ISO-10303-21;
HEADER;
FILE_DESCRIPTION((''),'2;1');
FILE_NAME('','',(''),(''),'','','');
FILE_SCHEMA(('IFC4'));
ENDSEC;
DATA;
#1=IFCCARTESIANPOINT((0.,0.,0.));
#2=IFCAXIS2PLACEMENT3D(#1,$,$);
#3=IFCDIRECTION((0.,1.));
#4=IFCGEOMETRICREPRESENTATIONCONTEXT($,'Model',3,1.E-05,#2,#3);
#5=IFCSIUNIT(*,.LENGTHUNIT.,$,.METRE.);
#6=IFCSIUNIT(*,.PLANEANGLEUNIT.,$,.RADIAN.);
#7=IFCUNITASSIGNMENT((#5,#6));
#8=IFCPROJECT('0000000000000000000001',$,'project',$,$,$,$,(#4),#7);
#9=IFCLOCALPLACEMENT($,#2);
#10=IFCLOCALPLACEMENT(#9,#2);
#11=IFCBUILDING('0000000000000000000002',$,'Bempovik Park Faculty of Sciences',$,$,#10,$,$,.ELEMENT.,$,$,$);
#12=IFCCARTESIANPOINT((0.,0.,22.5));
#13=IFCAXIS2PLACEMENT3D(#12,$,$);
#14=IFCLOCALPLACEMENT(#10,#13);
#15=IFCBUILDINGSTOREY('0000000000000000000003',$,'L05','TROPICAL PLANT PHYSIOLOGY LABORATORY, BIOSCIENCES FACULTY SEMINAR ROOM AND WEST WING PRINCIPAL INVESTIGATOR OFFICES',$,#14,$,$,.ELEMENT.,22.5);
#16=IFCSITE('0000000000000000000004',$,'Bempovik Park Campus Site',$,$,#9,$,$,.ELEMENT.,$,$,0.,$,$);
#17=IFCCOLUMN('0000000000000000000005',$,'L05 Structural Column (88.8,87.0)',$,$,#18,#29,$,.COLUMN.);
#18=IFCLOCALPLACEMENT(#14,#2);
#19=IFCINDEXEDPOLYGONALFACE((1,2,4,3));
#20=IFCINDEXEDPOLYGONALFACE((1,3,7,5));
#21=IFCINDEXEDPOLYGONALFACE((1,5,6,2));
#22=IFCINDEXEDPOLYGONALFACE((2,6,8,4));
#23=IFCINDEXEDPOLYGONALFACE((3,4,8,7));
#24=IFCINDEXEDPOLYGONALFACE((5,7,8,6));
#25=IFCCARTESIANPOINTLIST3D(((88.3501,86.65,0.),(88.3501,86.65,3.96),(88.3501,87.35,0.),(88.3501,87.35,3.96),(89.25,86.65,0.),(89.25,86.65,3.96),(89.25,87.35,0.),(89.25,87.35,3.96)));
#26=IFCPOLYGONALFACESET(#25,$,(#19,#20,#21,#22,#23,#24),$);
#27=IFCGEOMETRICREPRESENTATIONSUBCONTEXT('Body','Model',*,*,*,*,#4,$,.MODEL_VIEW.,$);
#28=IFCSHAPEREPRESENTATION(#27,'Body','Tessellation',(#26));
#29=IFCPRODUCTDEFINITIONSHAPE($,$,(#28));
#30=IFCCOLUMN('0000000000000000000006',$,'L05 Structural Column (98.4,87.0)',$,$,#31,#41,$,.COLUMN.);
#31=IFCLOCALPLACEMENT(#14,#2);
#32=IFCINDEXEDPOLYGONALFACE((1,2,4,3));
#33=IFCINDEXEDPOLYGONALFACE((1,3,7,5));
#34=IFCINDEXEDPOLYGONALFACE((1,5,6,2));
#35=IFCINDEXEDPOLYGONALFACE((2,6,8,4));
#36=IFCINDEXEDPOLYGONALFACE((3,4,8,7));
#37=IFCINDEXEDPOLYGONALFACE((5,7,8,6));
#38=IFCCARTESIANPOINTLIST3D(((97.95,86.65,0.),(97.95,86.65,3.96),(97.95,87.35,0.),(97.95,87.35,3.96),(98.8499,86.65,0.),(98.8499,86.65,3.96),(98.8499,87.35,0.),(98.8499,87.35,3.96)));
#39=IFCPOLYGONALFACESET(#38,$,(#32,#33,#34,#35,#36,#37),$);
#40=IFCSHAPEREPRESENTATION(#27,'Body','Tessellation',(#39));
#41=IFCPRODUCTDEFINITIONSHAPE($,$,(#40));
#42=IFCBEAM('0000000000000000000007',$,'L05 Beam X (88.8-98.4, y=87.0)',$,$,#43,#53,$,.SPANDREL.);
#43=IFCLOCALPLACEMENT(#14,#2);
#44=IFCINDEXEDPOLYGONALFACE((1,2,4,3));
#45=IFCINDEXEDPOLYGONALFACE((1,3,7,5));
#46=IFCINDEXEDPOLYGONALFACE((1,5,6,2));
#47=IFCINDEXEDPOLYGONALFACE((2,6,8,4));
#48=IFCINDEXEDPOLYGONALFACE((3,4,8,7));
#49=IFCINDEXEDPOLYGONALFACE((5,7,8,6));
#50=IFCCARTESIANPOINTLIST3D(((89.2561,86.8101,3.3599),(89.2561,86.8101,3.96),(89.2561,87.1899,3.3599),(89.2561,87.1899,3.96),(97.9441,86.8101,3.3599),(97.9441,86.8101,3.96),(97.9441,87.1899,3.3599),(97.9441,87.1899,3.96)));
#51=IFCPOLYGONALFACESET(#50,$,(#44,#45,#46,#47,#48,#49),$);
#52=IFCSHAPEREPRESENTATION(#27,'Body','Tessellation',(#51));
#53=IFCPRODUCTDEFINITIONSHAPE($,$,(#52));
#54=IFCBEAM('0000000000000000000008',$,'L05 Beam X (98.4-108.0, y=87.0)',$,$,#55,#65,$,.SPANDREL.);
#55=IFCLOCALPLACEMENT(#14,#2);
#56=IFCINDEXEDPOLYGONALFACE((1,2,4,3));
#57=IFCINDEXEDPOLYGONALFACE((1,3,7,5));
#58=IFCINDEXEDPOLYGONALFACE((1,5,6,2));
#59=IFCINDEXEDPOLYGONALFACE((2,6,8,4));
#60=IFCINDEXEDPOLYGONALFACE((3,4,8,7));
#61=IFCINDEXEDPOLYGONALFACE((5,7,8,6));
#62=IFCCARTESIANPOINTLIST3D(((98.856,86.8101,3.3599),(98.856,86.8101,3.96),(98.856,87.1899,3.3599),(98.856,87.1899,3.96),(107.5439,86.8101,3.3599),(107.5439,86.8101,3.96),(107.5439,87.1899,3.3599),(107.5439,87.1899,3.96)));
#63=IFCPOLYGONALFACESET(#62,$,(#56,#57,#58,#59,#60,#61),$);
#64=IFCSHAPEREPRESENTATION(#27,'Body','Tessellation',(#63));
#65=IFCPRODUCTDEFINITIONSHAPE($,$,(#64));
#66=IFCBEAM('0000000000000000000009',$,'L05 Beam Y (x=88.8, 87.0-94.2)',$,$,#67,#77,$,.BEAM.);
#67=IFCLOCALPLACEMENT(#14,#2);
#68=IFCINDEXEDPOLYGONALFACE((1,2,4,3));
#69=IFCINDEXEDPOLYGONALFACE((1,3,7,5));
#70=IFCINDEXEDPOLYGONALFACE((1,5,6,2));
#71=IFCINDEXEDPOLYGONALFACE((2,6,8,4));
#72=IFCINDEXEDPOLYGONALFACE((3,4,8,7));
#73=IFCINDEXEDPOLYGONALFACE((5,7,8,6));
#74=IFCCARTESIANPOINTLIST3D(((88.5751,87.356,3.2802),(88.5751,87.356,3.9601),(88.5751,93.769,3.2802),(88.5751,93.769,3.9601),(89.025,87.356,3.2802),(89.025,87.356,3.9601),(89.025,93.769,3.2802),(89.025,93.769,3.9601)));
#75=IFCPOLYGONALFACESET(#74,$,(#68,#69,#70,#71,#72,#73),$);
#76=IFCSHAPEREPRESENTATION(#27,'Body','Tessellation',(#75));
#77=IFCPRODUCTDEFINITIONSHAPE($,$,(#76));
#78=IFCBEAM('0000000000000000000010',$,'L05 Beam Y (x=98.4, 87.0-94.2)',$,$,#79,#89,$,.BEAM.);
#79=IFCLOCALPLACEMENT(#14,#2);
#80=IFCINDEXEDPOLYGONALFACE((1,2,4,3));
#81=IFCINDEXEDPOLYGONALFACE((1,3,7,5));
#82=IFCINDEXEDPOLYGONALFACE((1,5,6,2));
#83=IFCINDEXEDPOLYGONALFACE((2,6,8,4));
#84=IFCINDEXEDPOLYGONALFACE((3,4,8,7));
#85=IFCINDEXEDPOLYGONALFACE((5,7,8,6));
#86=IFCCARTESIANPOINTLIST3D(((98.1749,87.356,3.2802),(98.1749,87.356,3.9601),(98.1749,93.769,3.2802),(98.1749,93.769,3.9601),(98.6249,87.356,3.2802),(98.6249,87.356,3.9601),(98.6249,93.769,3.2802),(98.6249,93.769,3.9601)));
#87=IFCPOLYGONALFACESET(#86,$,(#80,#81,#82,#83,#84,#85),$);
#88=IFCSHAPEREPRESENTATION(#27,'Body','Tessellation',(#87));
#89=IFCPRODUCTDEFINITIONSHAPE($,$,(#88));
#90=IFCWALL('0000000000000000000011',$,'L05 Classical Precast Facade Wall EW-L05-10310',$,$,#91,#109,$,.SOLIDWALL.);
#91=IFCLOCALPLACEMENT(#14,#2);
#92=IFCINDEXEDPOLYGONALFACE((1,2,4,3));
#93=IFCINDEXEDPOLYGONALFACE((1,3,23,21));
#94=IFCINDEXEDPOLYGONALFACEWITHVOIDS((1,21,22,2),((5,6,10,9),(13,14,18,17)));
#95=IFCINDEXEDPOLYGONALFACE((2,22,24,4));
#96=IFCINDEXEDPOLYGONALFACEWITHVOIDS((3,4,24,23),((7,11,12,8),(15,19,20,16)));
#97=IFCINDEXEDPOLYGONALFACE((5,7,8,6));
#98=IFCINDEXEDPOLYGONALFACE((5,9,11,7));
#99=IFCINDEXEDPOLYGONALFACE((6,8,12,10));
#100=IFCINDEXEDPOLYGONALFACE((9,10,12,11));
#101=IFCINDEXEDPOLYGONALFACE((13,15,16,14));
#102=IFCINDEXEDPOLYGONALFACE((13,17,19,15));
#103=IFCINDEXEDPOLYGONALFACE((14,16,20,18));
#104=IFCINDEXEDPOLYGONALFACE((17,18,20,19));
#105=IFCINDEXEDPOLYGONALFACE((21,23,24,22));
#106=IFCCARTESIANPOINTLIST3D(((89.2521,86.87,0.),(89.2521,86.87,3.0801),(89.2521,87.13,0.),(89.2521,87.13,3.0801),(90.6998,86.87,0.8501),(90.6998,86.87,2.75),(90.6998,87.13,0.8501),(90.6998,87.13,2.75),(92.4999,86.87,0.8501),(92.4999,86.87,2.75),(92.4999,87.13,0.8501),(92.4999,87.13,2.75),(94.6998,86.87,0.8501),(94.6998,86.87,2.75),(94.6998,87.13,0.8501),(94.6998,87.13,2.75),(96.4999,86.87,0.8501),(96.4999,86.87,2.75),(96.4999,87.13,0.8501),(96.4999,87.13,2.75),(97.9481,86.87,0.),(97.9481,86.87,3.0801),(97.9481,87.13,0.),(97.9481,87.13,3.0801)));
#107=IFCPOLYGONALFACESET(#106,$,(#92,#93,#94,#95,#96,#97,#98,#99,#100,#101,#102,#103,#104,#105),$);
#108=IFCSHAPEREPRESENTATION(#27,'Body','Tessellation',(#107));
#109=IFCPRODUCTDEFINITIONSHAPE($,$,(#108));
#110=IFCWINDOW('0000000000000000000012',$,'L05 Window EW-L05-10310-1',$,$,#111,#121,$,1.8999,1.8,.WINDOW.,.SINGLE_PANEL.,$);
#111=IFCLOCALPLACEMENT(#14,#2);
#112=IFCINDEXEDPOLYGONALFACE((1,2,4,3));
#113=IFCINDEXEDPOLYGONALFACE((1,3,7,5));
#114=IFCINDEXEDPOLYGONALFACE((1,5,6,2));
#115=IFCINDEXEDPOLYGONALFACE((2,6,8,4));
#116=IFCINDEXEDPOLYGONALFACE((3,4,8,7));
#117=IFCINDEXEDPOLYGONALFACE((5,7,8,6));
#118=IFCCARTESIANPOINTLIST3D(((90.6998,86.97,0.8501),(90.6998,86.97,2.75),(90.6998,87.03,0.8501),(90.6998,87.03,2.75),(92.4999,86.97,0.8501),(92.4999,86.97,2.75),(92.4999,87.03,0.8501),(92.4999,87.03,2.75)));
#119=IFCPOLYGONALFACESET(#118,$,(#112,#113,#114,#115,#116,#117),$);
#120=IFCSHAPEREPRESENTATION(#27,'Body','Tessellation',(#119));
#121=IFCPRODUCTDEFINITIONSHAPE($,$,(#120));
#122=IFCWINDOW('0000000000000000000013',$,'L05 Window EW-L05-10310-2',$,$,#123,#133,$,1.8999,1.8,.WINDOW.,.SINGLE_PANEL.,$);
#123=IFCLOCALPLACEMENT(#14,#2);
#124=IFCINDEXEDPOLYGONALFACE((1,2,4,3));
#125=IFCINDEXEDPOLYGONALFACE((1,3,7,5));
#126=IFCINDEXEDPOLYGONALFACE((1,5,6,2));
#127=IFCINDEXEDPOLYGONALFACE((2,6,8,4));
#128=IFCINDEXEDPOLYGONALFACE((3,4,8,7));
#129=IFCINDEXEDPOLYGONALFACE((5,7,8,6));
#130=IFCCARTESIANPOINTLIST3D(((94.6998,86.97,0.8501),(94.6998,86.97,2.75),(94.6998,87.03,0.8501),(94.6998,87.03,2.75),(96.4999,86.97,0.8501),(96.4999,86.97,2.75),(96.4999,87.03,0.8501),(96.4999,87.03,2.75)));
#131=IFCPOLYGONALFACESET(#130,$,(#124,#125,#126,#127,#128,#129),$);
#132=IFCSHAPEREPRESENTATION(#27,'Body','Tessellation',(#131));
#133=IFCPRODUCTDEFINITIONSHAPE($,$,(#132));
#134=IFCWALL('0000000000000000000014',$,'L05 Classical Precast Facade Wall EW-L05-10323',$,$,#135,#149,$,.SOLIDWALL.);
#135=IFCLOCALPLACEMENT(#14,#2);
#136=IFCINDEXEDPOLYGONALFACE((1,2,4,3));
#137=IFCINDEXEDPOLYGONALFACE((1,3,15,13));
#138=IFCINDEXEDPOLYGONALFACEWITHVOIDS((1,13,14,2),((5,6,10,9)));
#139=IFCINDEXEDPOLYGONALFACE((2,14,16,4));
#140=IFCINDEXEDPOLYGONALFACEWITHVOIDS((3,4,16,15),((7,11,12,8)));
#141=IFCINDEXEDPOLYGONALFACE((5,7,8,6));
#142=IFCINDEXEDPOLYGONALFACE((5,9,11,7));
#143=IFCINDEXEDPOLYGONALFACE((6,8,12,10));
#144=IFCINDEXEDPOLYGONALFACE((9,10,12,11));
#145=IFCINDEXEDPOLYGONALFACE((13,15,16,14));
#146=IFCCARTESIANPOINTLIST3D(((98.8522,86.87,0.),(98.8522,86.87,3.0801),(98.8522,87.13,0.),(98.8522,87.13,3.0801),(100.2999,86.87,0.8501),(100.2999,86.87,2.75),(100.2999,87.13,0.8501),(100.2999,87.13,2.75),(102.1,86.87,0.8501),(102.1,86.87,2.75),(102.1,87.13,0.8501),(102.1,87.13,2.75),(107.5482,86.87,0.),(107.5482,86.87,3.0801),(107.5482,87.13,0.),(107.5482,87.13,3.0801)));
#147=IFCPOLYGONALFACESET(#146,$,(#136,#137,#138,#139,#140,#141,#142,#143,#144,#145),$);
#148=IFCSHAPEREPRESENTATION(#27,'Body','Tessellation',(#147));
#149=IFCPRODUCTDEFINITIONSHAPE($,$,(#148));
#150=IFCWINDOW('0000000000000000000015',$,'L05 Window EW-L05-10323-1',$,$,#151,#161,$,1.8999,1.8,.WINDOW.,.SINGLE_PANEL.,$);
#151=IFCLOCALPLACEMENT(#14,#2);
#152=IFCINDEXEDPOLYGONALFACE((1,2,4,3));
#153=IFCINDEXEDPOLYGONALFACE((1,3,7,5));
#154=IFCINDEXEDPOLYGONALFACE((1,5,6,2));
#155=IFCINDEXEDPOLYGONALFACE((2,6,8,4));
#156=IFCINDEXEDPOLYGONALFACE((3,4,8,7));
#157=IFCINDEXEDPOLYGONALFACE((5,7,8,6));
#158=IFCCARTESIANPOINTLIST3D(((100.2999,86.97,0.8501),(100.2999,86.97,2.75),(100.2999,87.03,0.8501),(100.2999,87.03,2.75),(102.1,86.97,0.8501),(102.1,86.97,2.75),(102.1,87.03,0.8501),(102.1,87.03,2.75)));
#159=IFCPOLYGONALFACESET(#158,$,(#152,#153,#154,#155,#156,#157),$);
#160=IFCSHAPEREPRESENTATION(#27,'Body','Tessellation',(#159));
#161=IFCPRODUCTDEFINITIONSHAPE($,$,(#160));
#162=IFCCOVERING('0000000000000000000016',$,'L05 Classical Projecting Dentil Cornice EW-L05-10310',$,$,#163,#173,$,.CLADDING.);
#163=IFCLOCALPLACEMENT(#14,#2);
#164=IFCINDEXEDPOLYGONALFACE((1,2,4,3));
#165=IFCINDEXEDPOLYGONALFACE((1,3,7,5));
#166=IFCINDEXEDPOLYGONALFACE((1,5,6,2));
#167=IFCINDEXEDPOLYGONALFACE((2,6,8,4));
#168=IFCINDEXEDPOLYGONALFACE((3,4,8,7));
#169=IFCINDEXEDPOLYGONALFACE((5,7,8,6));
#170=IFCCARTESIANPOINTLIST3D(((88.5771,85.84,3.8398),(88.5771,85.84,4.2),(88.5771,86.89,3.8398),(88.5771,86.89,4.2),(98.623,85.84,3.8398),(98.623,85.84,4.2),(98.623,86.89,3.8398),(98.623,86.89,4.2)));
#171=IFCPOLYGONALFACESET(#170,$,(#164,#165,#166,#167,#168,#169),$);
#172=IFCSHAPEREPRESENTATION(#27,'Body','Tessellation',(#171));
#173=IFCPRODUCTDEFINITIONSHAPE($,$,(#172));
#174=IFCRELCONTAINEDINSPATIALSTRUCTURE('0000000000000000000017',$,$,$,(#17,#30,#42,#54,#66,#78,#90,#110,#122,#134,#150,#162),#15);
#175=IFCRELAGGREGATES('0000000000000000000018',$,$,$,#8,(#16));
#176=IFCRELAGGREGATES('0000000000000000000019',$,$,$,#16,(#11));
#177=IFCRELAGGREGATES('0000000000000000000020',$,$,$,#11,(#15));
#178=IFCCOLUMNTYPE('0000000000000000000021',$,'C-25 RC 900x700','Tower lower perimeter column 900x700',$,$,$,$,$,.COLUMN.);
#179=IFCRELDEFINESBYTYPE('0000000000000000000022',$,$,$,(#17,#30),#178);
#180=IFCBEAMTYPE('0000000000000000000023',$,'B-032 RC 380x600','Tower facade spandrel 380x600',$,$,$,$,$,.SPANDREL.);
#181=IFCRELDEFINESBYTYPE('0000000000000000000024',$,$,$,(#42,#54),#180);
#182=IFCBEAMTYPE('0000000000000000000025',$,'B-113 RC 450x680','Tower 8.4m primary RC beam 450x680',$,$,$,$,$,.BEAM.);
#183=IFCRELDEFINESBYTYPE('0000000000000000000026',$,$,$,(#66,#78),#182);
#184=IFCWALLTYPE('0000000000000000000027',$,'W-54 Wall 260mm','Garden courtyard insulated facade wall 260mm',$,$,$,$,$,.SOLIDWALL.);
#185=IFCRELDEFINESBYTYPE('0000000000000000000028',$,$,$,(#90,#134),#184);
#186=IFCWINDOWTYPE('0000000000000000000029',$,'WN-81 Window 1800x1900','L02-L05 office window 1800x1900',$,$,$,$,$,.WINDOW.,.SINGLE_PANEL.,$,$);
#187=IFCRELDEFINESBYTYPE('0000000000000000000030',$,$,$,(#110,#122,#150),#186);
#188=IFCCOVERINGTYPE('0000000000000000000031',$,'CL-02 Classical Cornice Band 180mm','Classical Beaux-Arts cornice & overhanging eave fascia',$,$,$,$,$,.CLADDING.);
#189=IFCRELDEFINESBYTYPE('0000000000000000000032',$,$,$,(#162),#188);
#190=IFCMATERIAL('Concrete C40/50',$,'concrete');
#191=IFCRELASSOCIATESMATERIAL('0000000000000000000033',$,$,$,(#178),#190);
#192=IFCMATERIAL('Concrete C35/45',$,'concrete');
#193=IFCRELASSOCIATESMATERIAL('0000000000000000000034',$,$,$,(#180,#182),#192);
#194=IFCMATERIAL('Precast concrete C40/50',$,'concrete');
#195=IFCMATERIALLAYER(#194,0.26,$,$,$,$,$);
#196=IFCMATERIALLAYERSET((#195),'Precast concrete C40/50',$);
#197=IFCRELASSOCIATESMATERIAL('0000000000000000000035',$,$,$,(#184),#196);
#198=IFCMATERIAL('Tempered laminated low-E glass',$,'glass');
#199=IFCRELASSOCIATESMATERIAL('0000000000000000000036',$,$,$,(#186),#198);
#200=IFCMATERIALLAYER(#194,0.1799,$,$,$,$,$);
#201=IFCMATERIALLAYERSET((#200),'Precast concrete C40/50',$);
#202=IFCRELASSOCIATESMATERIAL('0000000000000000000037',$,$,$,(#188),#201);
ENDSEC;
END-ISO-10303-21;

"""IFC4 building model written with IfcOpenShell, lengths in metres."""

from ifc_helpers import new_model, si_unit, direction, frame, frame_2d, origin, origin_2d, place, context, subcontext, project, spatial, rectangle, extrude, material, layer, layer_set, material_profile, profile_set, type_object, element, fill, save


model = new_model("IFC4")

# Units and contexts
model_context = context("Model", 3, precision=1e-05, world=origin(), true_north=direction((0.0, 1.0)))
body_context = subcontext(model_context, "Body", "Model", "MODEL_VIEW")
ifc_project = project(units=[si_unit("LENGTHUNIT", "METRE"), si_unit("PLANEANGLEUNIT", "RADIAN")], contexts=[model_context])

# Site, building, storey
site_placement = place(None, origin())
site = spatial("IfcSite", under=ifc_project, at=site_placement, Name="Bempovik Park Campus Site", CompositionType="ELEMENT", RefElevation=0.0)
building_placement = place(site_placement, origin())
building = spatial("IfcBuilding", under=site, at=building_placement, Name="Bempovik Park Faculty of Sciences", CompositionType="ELEMENT")
storey_placement = place(building_placement, frame((0.0, 0.0, 22.5)))
storey = spatial("IfcBuildingStorey", under=building, at=storey_placement, Name="L05", Description="TROPICAL PLANT PHYSIOLOGY LABORATORY, BIOSCIENCES FACULTY SEMINAR ROOM AND WEST WING PRINCIPAL INVESTIGATOR OFFICES", CompositionType="ELEMENT", Elevation=22.5)

# Columns
ifc_material_1 = material(Name="Concrete C40/50", Category="concrete")
ifc_material_profile_1 = material_profile(ifc_material_1, rectangle(XDim=0.8999, YDim=0.7, at=origin_2d()), Name="RC 900x700")
ifc_profile_set_1 = profile_set([ifc_material_profile_1], Name="Concrete C40/50")
column_type = type_object("IfcColumnType", Name="C-25 RC 900x700", Description="Tower lower perimeter column 900x700", PredefinedType="COLUMN", material=ifc_profile_set_1)
for number, where, z_axis, x_axis, name in (
    (1, (88.8, 87.0, 0.0), (0.0, 0.0, 1.0), (1.0, 0.0, 0.0), "L05 Structural Column (88.8,87.0)"),
    (2, (98.3999, 87.0, 0.0), (0.0, 0.0, 1.0), (1.0, 0.0, 0.0), "L05 Structural Column (98.4,87.0)"),
):
    element("IfcColumn", number, at=place(storey_placement, frame(where, z_axis=z_axis, x_axis=x_axis)), inside=storey, type_object=column_type, Name=name, PredefinedType="COLUMN", context=body_context, shape_type="SweptSolid", body=[
        extrude(rectangle(XDim=0.8999, YDim=0.7, at=origin_2d()), origin(), (0.0, 0.0, 1.0), 3.96),
    ])

# Beams
ifc_material_2 = material(Name="Concrete C35/45", Category="concrete")
ifc_material_profile_2 = material_profile(ifc_material_2, rectangle(XDim=0.3799, YDim=0.6001, at=origin_2d()), Name="RC 380x600")
ifc_profile_set_2 = profile_set([ifc_material_profile_2], Name="Concrete C35/45")
beam_type_1 = type_object("IfcBeamType", Name="B-032 RC 380x600", Description="Tower facade spandrel 380x600", PredefinedType="SPANDREL", material=ifc_profile_set_2)
for number, where, z_axis, x_axis, name in (
    (3, (89.2561, 87.0, 3.6599), (1.0, 0.0, 0.0), (0.0, 1.0, 0.0), "L05 Beam X (88.8-98.4, y=87.0)"),
    (4, (98.856, 87.0, 3.6599), (1.0, 0.0, 0.0), (0.0, 1.0, 0.0), "L05 Beam X (98.4-108.0, y=87.0)"),
):
    element("IfcBeam", number, at=place(storey_placement, frame(where, z_axis=z_axis, x_axis=x_axis)), inside=storey, type_object=beam_type_1, Name=name, PredefinedType="SPANDREL", context=body_context, shape_type="SweptSolid", body=[
        extrude(rectangle(XDim=0.3799, YDim=0.6001, at=origin_2d()), origin(), (0.0, 0.0, 1.0), 8.688),
    ])
ifc_material_profile_3 = material_profile(ifc_material_2, rectangle(XDim=0.45, YDim=0.6799, at=origin_2d()), Name="RC 450x680")
ifc_profile_set_3 = profile_set([ifc_material_profile_3], Name="Concrete C35/45")
beam_type_2 = type_object("IfcBeamType", Name="B-113 RC 450x680", Description="Tower 8.4m primary RC beam 450x680", PredefinedType="BEAM", material=ifc_profile_set_3)
for number, where, z_axis, x_axis, name in (
    (5, (88.8, 87.356, 3.6201), (0.0, 1.0, 0.0), (-1.0, 0.0, 0.0), "L05 Beam Y (x=88.8, 87.0-94.2)"),
    (6, (98.3999, 87.356, 3.6201), (0.0, 1.0, 0.0), (-1.0, 0.0, 0.0), "L05 Beam Y (x=98.4, 87.0-94.2)"),
):
    element("IfcBeam", number, at=place(storey_placement, frame(where, z_axis=z_axis, x_axis=x_axis)), inside=storey, type_object=beam_type_2, Name=name, PredefinedType="BEAM", context=body_context, shape_type="SweptSolid", body=[
        extrude(rectangle(XDim=0.45, YDim=0.6799, at=origin_2d()), origin(), (0.0, 0.0, 1.0), 6.4131),
    ])

# Wall, openings, windows
ifc_material_3 = material(Name="Precast concrete C40/50", Category="concrete")
ifc_layer_1 = layer(ifc_material_3, 0.26)
ifc_layer_set_1 = layer_set([ifc_layer_1], Name="Precast concrete C40/50")
wall_type = type_object("IfcWallType", Name="W-54 Wall 260mm", Description="Garden courtyard insulated facade wall 260mm", PredefinedType="SOLIDWALL", material=ifc_layer_set_1)
wall_1_placement = place(storey_placement, frame((89.252, 87.0, 0.0), z_axis=(0.0, 0.0, 1.0), x_axis=(1.0, 0.0, 0.0)))
wall_1 = element("IfcWall", 7, at=wall_1_placement, inside=storey, type_object=wall_type, Name="L05 Classical Precast Facade Wall EW-L05-10310", PredefinedType="SOLIDWALL", context=body_context, shape_type="SweptSolid", body=[
    extrude(rectangle(XDim=8.696, YDim=0.26, at=frame_2d((4.3481, 0.0))), origin(), (0.0, 0.0, 1.0), 3.0801),
])
opening_1_placement = place(wall_1_placement, frame((1.448, 0.0, 0.8501)))
opening_1 = element("IfcOpeningElement", 8, at=opening_1_placement, cuts=wall_1, PredefinedType="OPENING", context=body_context, shape_type="SweptSolid", body=[
    extrude(rectangle(XDim=1.8, YDim=1.8999, at=frame_2d((0.8999, 0.95))), frame((0.0, 0.1401, 0.0), z_axis=(0.0, -1.0, 0.0), x_axis=(1.0, 0.0, 0.0)), (0.0, 0.0, 1.0), 0.28),
])
opening_2_placement = place(wall_1_placement, frame((5.448, 0.0, 0.8501)))
opening_2 = element("IfcOpeningElement", 9, at=opening_2_placement, cuts=wall_1, PredefinedType="OPENING", context=body_context, shape_type="SweptSolid", body=[
    extrude(rectangle(XDim=1.8, YDim=1.8999, at=frame_2d((0.8999, 0.95))), frame((0.0, 0.1401, 0.0), z_axis=(0.0, -1.0, 0.0), x_axis=(1.0, 0.0, 0.0)), (0.0, 0.0, 1.0), 0.28),
])
ifc_material_4 = material(Name="Tempered laminated low-E glass", Category="glass")
window_type = type_object("IfcWindowType", Name="WN-81 Window 1800x1900", Description="L02-L05 office window 1800x1900", PartitioningType="SINGLE_PANEL", PredefinedType="WINDOW", material=ifc_material_4)
window_1_placement = place(opening_1_placement, origin())
window_1 = element("IfcWindow", 10, at=window_1_placement, inside=storey, type_object=window_type, Name="L05 Window EW-L05-10310-1", OverallHeight=1.8999, OverallWidth=1.8, PartitioningType="SINGLE_PANEL", PredefinedType="WINDOW", context=body_context, shape_type="SweptSolid", body=[
    extrude(rectangle(XDim=1.8, YDim=1.8999, at=frame_2d((0.8999, 0.95))), frame((0.0, 0.03, 0.0), z_axis=(0.0, -1.0, 0.0), x_axis=(1.0, 0.0, 0.0)), (0.0, 0.0, 1.0), 0.0601),
])
fill(opening_1, window_1)
window_2_placement = place(opening_2_placement, origin())
window_2 = element("IfcWindow", 11, at=window_2_placement, inside=storey, type_object=window_type, Name="L05 Window EW-L05-10310-2", OverallHeight=1.8999, OverallWidth=1.8, PartitioningType="SINGLE_PANEL", PredefinedType="WINDOW", context=body_context, shape_type="SweptSolid", body=[
    extrude(rectangle(XDim=1.8, YDim=1.8999, at=frame_2d((0.8999, 0.95))), frame((0.0, 0.03, 0.0), z_axis=(0.0, -1.0, 0.0), x_axis=(1.0, 0.0, 0.0)), (0.0, 0.0, 1.0), 0.0601),
])
fill(opening_2, window_2)

# Wall, opening, window
wall_2_placement = place(storey_placement, frame((98.8521, 87.0, 0.0), z_axis=(0.0, 0.0, 1.0), x_axis=(1.0, 0.0, 0.0)))
wall_2 = element("IfcWall", 12, at=wall_2_placement, inside=storey, type_object=wall_type, Name="L05 Classical Precast Facade Wall EW-L05-10323", PredefinedType="SOLIDWALL", context=body_context, shape_type="SweptSolid", body=[
    extrude(rectangle(XDim=8.696, YDim=0.26, at=frame_2d((4.3481, 0.0))), origin(), (0.0, 0.0, 1.0), 3.0801),
])
opening_3_placement = place(wall_2_placement, frame((1.448, 0.0, 0.8501)))
opening_3 = element("IfcOpeningElement", 13, at=opening_3_placement, cuts=wall_2, PredefinedType="OPENING", context=body_context, shape_type="SweptSolid", body=[
    extrude(rectangle(XDim=1.8, YDim=1.8999, at=frame_2d((0.8999, 0.95))), frame((0.0, 0.1401, 0.0), z_axis=(0.0, -1.0, 0.0), x_axis=(1.0, 0.0, 0.0)), (0.0, 0.0, 1.0), 0.28),
])
window_3_placement = place(opening_3_placement, origin())
window_3 = element("IfcWindow", 14, at=window_3_placement, inside=storey, type_object=window_type, Name="L05 Window EW-L05-10323-1", OverallHeight=1.8999, OverallWidth=1.8, PartitioningType="SINGLE_PANEL", PredefinedType="WINDOW", context=body_context, shape_type="SweptSolid", body=[
    extrude(rectangle(XDim=1.8, YDim=1.8999, at=frame_2d((0.8999, 0.95))), frame((0.0, 0.03, 0.0), z_axis=(0.0, -1.0, 0.0), x_axis=(1.0, 0.0, 0.0)), (0.0, 0.0, 1.0), 0.0601),
])
fill(opening_3, window_3)

# Covering
ifc_layer_2 = layer(ifc_material_3, 0.1799)
ifc_layer_set_2 = layer_set([ifc_layer_2], Name="Precast concrete C40/50")
covering_type_1 = type_object("IfcCoveringType", Name="CL-02 Classical Cornice Band 180mm", Description="Classical Beaux-Arts cornice & overhanging eave fascia", PredefinedType="CLADDING", material=ifc_layer_set_2)
covering_1_placement = place(storey_placement, frame((93.6001, 86.365, 3.8398), z_axis=(0.0, 0.0, 1.0), x_axis=(1.0, 0.0, 0.0)))
element("IfcCovering", 15, at=covering_1_placement, inside=storey, type_object=covering_type_1, Name="L05 Classical Projecting Dentil Cornice EW-L05-10310", PredefinedType="CLADDING", context=body_context, shape_type="SweptSolid", body=[
    extrude(rectangle(XDim=10.0459, YDim=1.05, at=origin_2d()), origin(), (0.0, 0.0, 1.0), 0.3601),
])

save(model, "model.ifc")
